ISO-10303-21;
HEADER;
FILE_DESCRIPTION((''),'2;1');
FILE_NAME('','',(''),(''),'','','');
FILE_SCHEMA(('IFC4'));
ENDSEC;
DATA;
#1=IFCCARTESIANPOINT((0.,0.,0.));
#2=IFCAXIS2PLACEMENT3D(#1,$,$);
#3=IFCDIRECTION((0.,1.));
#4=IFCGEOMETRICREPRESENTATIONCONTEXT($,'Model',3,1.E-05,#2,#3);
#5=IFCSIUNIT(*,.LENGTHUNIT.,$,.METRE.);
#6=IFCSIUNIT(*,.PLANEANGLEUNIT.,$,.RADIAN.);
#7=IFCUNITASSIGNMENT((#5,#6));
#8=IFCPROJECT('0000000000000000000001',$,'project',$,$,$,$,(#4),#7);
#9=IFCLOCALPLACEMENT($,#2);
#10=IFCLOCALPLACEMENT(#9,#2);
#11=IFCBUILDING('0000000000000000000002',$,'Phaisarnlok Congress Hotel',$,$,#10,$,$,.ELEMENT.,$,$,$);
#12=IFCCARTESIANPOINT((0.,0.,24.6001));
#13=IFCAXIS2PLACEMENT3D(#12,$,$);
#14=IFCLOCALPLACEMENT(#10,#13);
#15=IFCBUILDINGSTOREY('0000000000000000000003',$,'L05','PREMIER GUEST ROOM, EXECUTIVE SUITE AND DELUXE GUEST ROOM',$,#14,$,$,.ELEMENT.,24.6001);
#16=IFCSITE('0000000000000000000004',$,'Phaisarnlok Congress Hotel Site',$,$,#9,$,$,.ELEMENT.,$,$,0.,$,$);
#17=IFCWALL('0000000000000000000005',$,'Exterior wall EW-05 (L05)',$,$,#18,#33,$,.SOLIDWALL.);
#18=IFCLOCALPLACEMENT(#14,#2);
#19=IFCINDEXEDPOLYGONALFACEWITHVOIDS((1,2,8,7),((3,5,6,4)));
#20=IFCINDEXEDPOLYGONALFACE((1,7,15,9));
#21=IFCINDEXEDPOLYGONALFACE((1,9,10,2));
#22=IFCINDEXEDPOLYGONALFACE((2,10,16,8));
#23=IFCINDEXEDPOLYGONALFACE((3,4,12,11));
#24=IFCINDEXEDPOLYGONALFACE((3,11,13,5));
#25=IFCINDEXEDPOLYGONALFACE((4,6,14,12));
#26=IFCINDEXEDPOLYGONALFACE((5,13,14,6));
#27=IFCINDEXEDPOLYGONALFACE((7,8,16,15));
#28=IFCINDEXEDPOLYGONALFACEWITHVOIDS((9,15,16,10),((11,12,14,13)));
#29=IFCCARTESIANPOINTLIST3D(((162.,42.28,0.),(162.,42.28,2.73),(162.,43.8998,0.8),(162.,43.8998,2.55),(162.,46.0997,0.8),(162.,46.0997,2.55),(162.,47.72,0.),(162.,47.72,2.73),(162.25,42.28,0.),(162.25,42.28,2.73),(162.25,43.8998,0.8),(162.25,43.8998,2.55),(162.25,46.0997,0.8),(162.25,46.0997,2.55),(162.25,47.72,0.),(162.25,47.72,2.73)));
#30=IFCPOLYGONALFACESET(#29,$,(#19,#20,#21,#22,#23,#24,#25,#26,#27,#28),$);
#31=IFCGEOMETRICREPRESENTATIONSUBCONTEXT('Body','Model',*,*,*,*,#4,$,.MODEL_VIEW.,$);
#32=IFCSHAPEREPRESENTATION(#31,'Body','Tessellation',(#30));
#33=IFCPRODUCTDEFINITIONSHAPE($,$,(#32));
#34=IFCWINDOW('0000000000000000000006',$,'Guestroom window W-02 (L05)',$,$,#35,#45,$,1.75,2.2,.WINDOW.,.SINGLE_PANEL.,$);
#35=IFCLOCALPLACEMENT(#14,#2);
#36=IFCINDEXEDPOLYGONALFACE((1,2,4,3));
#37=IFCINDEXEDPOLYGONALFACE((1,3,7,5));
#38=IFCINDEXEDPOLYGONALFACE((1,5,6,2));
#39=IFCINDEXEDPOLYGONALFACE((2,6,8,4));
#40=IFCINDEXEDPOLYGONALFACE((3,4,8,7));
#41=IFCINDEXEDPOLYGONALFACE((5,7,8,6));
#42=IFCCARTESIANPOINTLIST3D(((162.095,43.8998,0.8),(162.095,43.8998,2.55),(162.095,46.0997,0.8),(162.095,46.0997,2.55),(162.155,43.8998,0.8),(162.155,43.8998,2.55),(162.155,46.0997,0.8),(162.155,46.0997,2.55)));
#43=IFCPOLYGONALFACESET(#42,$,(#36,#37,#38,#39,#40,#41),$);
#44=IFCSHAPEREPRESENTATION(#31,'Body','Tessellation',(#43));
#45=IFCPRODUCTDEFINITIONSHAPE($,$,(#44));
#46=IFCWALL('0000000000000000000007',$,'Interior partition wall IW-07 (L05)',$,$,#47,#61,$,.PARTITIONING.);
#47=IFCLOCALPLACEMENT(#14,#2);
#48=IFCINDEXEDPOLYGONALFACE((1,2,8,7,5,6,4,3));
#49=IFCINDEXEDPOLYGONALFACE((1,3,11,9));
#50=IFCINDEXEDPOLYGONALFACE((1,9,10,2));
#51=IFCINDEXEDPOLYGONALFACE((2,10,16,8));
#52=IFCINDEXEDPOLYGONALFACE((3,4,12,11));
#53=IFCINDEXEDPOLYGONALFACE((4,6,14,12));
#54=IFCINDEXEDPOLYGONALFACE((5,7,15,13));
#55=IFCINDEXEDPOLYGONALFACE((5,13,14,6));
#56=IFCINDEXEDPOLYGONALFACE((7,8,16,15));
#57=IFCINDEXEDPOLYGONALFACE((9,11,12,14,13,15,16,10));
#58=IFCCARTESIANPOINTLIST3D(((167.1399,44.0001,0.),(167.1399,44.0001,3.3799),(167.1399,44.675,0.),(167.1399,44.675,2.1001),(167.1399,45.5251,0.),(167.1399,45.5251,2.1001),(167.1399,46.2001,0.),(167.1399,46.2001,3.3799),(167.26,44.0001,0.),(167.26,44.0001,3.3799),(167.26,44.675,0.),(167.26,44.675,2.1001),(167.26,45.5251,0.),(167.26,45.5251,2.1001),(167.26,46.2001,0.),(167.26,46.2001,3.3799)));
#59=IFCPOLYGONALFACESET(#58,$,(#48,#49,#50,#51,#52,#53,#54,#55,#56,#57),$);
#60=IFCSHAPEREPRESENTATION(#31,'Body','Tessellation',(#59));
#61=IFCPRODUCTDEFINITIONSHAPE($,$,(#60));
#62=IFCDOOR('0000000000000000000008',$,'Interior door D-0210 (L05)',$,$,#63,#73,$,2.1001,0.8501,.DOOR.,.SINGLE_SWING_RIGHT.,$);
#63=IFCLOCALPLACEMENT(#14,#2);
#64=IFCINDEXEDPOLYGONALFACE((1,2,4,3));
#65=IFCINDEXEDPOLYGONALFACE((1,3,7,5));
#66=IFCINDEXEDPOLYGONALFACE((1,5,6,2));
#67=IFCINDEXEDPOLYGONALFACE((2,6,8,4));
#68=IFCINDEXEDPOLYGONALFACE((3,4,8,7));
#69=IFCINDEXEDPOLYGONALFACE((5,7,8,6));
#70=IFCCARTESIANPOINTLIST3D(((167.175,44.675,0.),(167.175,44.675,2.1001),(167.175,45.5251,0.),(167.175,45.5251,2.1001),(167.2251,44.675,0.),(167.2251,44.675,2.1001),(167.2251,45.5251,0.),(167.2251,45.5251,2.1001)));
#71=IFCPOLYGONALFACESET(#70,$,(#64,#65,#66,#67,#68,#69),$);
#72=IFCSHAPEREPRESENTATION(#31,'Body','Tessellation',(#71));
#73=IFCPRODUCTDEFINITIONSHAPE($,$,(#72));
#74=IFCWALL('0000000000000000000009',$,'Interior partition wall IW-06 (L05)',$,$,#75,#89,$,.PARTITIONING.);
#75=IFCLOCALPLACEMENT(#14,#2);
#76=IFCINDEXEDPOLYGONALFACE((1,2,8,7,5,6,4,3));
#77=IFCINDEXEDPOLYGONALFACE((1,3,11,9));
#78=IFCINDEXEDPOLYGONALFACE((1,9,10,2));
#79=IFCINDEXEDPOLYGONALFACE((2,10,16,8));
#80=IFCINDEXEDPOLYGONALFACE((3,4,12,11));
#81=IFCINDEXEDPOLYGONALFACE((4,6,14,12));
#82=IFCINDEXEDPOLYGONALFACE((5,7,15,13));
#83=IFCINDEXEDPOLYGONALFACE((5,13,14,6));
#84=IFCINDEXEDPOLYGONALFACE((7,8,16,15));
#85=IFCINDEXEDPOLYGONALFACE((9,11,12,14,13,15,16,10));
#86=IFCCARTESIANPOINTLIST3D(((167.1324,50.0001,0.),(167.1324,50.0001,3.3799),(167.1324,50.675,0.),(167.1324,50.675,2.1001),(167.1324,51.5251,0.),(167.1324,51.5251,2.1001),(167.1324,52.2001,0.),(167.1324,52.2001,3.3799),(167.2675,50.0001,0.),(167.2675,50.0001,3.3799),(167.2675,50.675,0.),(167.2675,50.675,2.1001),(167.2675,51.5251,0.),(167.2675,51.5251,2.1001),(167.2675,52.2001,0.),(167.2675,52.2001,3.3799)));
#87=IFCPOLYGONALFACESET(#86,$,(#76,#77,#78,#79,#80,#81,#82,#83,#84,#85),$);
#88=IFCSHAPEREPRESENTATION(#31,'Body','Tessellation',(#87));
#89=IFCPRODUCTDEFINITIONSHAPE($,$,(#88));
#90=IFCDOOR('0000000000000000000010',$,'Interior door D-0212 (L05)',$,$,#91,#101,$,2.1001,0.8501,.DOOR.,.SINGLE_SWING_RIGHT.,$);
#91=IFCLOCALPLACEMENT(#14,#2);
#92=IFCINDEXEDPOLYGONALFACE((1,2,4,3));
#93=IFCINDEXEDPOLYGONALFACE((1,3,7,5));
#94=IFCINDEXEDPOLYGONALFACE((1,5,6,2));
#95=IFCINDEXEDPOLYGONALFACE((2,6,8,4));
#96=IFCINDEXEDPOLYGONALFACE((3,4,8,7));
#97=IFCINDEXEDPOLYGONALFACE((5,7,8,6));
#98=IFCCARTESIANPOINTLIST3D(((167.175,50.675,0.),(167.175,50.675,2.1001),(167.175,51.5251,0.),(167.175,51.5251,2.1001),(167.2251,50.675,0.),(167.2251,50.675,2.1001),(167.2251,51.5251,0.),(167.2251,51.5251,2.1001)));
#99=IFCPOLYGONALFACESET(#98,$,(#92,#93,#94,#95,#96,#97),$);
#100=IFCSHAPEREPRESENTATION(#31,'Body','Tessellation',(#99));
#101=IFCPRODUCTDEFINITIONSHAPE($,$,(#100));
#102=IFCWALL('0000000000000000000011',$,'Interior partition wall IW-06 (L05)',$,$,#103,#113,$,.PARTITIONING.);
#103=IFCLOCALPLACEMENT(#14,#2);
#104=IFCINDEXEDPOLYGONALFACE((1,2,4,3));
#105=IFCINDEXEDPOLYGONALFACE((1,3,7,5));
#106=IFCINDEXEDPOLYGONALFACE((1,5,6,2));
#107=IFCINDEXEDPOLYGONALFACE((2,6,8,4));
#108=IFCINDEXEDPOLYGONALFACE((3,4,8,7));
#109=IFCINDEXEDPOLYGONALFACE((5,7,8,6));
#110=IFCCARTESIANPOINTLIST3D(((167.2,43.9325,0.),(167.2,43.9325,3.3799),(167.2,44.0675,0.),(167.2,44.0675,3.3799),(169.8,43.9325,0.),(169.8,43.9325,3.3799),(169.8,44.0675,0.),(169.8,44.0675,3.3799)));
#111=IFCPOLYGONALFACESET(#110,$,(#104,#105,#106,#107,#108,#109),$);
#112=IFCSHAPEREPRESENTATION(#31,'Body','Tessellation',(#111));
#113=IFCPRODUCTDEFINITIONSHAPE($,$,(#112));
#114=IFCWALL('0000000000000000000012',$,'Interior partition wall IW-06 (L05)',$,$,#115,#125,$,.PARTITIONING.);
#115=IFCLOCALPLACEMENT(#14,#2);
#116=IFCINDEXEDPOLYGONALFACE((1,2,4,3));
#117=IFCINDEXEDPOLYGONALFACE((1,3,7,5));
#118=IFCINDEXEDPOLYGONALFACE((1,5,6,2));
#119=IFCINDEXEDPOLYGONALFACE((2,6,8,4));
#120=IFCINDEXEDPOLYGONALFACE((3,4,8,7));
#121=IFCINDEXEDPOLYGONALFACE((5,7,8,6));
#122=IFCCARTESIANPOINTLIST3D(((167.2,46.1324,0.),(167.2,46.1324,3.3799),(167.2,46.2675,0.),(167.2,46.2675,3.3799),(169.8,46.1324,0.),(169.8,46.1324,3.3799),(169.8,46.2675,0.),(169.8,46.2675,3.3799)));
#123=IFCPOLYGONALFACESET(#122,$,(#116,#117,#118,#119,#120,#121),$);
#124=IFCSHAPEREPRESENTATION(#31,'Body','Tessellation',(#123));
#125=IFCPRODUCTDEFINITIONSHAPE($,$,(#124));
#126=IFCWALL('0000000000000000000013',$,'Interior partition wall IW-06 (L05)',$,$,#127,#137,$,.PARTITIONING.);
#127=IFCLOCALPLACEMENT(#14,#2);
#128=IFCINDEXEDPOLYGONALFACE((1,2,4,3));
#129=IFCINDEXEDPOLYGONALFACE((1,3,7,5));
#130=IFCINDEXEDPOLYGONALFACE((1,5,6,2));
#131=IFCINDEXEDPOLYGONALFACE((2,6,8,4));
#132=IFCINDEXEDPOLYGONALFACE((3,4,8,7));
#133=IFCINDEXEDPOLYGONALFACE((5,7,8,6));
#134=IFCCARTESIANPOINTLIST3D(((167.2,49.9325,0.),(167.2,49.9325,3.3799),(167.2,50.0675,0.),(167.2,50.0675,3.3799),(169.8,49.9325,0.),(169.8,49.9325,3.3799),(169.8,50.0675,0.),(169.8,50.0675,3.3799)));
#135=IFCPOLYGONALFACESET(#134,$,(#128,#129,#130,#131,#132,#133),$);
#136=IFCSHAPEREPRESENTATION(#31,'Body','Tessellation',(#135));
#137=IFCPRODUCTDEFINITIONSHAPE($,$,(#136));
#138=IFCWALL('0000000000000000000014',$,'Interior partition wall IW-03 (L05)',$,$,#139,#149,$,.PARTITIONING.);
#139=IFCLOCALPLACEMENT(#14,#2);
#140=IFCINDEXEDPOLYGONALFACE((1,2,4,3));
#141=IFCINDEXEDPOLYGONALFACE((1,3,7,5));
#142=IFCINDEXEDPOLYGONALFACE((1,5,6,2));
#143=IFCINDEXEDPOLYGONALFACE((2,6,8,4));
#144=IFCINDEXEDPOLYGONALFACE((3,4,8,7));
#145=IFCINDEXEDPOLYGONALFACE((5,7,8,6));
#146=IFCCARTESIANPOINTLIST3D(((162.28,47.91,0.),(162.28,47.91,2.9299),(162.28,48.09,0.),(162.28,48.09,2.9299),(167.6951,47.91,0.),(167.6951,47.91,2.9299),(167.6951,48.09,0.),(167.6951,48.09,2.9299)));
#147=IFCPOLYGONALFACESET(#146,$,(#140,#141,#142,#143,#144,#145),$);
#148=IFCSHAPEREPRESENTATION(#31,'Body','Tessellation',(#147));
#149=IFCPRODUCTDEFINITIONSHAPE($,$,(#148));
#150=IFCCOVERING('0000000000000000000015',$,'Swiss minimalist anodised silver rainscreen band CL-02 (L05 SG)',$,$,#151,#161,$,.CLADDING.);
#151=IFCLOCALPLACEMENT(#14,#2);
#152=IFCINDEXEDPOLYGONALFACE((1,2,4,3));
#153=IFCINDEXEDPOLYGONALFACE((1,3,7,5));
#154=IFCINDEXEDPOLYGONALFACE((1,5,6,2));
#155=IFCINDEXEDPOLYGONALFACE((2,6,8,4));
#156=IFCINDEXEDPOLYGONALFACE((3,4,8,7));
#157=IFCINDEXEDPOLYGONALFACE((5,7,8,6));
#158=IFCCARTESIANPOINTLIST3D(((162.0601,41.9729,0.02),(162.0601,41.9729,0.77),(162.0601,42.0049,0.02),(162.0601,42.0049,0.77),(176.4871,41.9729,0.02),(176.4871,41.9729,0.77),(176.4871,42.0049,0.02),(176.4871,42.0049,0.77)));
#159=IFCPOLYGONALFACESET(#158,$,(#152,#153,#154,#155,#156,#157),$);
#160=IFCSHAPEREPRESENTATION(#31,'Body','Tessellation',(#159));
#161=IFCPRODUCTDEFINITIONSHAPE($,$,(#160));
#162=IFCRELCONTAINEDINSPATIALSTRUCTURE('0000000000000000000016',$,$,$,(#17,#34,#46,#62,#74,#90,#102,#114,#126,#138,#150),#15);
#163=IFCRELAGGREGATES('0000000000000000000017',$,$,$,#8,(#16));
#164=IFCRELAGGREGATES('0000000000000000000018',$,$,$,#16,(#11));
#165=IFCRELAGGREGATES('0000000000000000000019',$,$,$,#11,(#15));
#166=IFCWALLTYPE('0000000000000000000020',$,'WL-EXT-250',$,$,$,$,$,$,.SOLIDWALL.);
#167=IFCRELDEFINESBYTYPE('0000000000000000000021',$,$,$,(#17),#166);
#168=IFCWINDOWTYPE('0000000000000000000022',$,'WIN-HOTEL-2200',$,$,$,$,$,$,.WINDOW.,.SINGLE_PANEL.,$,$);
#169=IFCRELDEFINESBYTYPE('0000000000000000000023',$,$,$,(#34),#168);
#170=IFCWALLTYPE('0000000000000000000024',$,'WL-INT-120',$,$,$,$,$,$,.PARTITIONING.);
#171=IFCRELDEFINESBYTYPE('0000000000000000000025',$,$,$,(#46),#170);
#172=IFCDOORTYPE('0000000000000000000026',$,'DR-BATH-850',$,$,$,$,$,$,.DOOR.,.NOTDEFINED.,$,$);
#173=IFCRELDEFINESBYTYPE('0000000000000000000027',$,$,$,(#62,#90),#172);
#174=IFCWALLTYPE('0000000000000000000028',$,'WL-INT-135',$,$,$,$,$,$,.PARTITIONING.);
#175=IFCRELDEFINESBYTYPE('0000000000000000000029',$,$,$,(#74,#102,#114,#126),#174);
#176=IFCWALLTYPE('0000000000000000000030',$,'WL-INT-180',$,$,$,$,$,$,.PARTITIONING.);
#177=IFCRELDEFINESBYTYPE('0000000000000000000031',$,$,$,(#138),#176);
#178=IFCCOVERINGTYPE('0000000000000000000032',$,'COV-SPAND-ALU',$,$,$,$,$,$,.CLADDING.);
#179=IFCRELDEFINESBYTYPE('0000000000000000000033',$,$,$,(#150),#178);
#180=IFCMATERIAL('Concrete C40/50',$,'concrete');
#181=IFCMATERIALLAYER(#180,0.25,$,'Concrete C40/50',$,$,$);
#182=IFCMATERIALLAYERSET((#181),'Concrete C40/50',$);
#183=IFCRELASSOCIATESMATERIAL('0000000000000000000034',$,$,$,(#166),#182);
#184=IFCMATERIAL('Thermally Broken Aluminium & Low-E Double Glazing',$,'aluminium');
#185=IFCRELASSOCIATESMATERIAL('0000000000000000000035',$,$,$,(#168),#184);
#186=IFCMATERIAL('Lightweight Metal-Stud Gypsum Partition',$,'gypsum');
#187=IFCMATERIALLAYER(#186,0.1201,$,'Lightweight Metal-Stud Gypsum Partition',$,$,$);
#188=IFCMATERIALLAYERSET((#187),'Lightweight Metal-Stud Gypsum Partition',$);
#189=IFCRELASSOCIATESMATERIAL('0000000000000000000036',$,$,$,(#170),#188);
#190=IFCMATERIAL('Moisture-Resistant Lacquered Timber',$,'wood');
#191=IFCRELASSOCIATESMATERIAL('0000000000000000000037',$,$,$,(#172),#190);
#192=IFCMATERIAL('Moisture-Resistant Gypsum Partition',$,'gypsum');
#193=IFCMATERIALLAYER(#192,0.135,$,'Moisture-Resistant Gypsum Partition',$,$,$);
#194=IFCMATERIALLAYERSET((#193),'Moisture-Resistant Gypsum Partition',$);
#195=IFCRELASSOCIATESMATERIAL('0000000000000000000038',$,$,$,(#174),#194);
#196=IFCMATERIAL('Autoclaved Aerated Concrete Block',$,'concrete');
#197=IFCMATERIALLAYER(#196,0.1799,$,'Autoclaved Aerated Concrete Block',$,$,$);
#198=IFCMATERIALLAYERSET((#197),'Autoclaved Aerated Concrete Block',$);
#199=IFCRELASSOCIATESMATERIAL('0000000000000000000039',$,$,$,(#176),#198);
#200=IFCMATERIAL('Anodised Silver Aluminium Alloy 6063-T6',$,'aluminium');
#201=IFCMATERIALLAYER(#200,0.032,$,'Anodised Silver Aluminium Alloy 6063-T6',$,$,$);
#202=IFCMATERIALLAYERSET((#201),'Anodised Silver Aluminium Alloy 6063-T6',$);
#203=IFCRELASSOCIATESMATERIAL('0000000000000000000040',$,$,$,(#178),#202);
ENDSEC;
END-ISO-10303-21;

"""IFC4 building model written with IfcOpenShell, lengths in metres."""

from ifc_helpers import new_model, si_unit, direction, frame, frame_2d, origin, place, context, subcontext, project, spatial, polyline, rectangle, outline, extrude, material, layer, layer_set, type_object, element, fill, save


model = new_model("IFC4")

# Units and contexts
model_context = context("Model", 3, precision=1e-05, world=origin(), true_north=direction((0.0, 1.0)))
body_context = subcontext(model_context, "Body", "Model", "MODEL_VIEW")
ifc_project = project(units=[si_unit("LENGTHUNIT", "METRE"), si_unit("PLANEANGLEUNIT", "RADIAN")], contexts=[model_context])

# Site, building, storey
site_placement = place(None, origin())
site = spatial("IfcSite", under=ifc_project, at=site_placement, Name="Phaisarnlok Congress Hotel Site", CompositionType="ELEMENT", RefElevation=0.0)
building_placement = place(site_placement, origin())
building = spatial("IfcBuilding", under=site, at=building_placement, Name="Phaisarnlok Congress Hotel", CompositionType="ELEMENT")
storey_placement = place(building_placement, frame((0.0, 0.0, 24.6001)))
storey = spatial("IfcBuildingStorey", under=building, at=storey_placement, Name="L05", Description="PREMIER GUEST ROOM, EXECUTIVE SUITE AND DELUXE GUEST ROOM", CompositionType="ELEMENT", Elevation=24.6001)

# Shared definitions
ifc_material_1 = material(Name="Concrete C40/50", Category="concrete")

# Wall, opening, window
ifc_layer_1 = layer(ifc_material_1, 0.25, Name="Concrete C40/50")
ifc_layer_set_1 = layer_set([ifc_layer_1], Name="Concrete C40/50")
wall_type_1 = type_object("IfcWallType", Name="WL-EXT-250", PredefinedType="SOLIDWALL", material=ifc_layer_set_1)
wall_1_placement = place(storey_placement, frame((162.125, 47.72, 0.0), z_axis=(0.0, 0.0, 1.0), x_axis=(0.0, -1.0, 0.0)))
wall_1 = element("IfcWall", 1, at=wall_1_placement, inside=storey, type_object=wall_type_1, Name="Exterior wall EW-05 (L05)", PredefinedType="SOLIDWALL", context=body_context, shape_type="SweptSolid", body=[
    extrude(rectangle(XDim=5.4399, YDim=0.25, at=frame_2d((2.72, 0.0))), origin(), (0.0, 0.0, 1.0), 2.73),
])
opening_1_placement = place(wall_1_placement, frame((1.6201, 0.0, 0.8)))
opening_1 = element("IfcOpeningElement", 2, at=opening_1_placement, cuts=wall_1, PredefinedType="OPENING", context=body_context, shape_type="SweptSolid", body=[
    extrude(rectangle(XDim=2.2, YDim=1.75, at=frame_2d((1.1001, 0.875))), frame((0.0, 0.135, 0.0), z_axis=(0.0, -1.0, 0.0), x_axis=(1.0, 0.0, 0.0)), (0.0, 0.0, 1.0), 0.27),
])
ifc_material_2 = material(Name="Thermally Broken Aluminium & Low-E Double Glazing", Category="aluminium")
window_type = type_object("IfcWindowType", Name="WIN-HOTEL-2200", PartitioningType="SINGLE_PANEL", PredefinedType="WINDOW", material=ifc_material_2)
window_placement = place(opening_1_placement, origin())
window = element("IfcWindow", 3, at=window_placement, inside=storey, type_object=window_type, Name="Guestroom window W-02 (L05)", OverallHeight=1.75, OverallWidth=2.2, PartitioningType="SINGLE_PANEL", PredefinedType="WINDOW", context=body_context, shape_type="SweptSolid", body=[
    extrude(rectangle(XDim=2.2, YDim=1.75, at=frame_2d((1.1001, 0.875))), frame((0.0, 0.03, 0.0), z_axis=(0.0, -1.0, 0.0), x_axis=(1.0, 0.0, 0.0)), (0.0, 0.0, 1.0), 0.0601),
])
fill(opening_1, window)

# Walls, openings, doors
ifc_material_3 = material(Name="Lightweight Metal-Stud Gypsum Partition", Category="gypsum")
ifc_layer_2 = layer(ifc_material_3, 0.1201, Name="Lightweight Metal-Stud Gypsum Partition")
ifc_layer_set_2 = layer_set([ifc_layer_2], Name="Lightweight Metal-Stud Gypsum Partition")
wall_type_2 = type_object("IfcWallType", Name="WL-INT-120", PredefinedType="PARTITIONING", material=ifc_layer_set_2)
wall_2_placement = place(storey_placement, frame((167.2, 44.0, 0.0), z_axis=(0.0, 0.0, 1.0), x_axis=(0.0, 1.0, 0.0)))
wall_2 = element("IfcWall", 4, at=wall_2_placement, inside=storey, type_object=wall_type_2, Name="Interior partition wall IW-07 (L05)", PredefinedType="PARTITIONING", context=body_context, shape_type="SweptSolid", body=[
    extrude(rectangle(XDim=2.2, YDim=0.1201, at=frame_2d((1.1001, 0.0))), origin(), (0.0, 0.0, 1.0), 3.3799),
])
opening_2_placement = place(wall_2_placement, frame((0.675, 0.0, 0.0)))
opening_2 = element("IfcOpeningElement", 5, at=opening_2_placement, cuts=wall_2, PredefinedType="OPENING", context=body_context, shape_type="SweptSolid", body=[
    extrude(rectangle(XDim=0.8501, YDim=2.1001, at=frame_2d((0.425, 1.05))), frame((0.0, 0.0701, 0.0), z_axis=(0.0, -1.0, 0.0), x_axis=(1.0, 0.0, 0.0)), (0.0, 0.0, 1.0), 0.1401),
])
ifc_material_4 = material(Name="Moisture-Resistant Lacquered Timber", Category="wood")
door_type = type_object("IfcDoorType", Name="DR-BATH-850", OperationType="NOTDEFINED", PredefinedType="DOOR", material=ifc_material_4)
door_1_placement = place(opening_2_placement, origin())
door_1 = element("IfcDoor", 6, at=door_1_placement, inside=storey, type_object=door_type, Name="Interior door D-0210 (L05)", OperationType="SINGLE_SWING_RIGHT", OverallHeight=2.1001, OverallWidth=0.8501, PredefinedType="DOOR", context=body_context, shape_type="SweptSolid", body=[
    extrude(rectangle(XDim=0.8501, YDim=2.1001, at=frame_2d((0.425, 1.05))), frame((0.0, 0.0249, 0.0), z_axis=(0.0, -1.0, 0.0), x_axis=(1.0, 0.0, 0.0)), (0.0, 0.0, 1.0), 0.05),
])
fill(opening_2, door_1)
ifc_material_5 = material(Name="Moisture-Resistant Gypsum Partition", Category="gypsum")
ifc_layer_3 = layer(ifc_material_5, 0.135, Name="Moisture-Resistant Gypsum Partition")
ifc_layer_set_3 = layer_set([ifc_layer_3], Name="Moisture-Resistant Gypsum Partition")
wall_type_3 = type_object("IfcWallType", Name="WL-INT-135", PredefinedType="PARTITIONING", material=ifc_layer_set_3)
wall_3_placement = place(storey_placement, frame((167.2, 50.0, 0.0), z_axis=(0.0, 0.0, 1.0), x_axis=(0.0, 1.0, 0.0)))
wall_3 = element("IfcWall", 7, at=wall_3_placement, inside=storey, type_object=wall_type_3, Name="Interior partition wall IW-06 (L05)", PredefinedType="PARTITIONING", context=body_context, shape_type="SweptSolid", body=[
    extrude(rectangle(XDim=2.2, YDim=0.135, at=frame_2d((1.1001, 0.0))), origin(), (0.0, 0.0, 1.0), 3.3799),
])
opening_3_placement = place(wall_3_placement, frame((0.675, 0.0, 0.0)))
opening_3 = element("IfcOpeningElement", 8, at=opening_3_placement, cuts=wall_3, PredefinedType="OPENING", context=body_context, shape_type="SweptSolid", body=[
    extrude(rectangle(XDim=0.8501, YDim=2.1001, at=frame_2d((0.425, 1.05))), frame((0.0, 0.0776, 0.0), z_axis=(0.0, -1.0, 0.0), x_axis=(1.0, 0.0, 0.0)), (0.0, 0.0, 1.0), 0.155),
])
door_2_placement = place(opening_3_placement, origin())
door_2 = element("IfcDoor", 9, at=door_2_placement, inside=storey, type_object=door_type, Name="Interior door D-0212 (L05)", OperationType="SINGLE_SWING_RIGHT", OverallHeight=2.1001, OverallWidth=0.8501, PredefinedType="DOOR", context=body_context, shape_type="SweptSolid", body=[
    extrude(rectangle(XDim=0.8501, YDim=2.1001, at=frame_2d((0.425, 1.05))), frame((0.0, 0.0249, 0.0), z_axis=(0.0, -1.0, 0.0), x_axis=(1.0, 0.0, 0.0)), (0.0, 0.0, 1.0), 0.05),
])
fill(opening_3, door_2)

# Walls
for number, where, z_axis, x_axis, name in (
    (10, (167.2, 44.0, 0.0), (0.0, 0.0, 1.0), (1.0, 0.0, 0.0), "Interior partition wall IW-06 (L05)"),
    (11, (167.2, 46.2, 0.0), (0.0, 0.0, 1.0), (1.0, 0.0, 0.0), "Interior partition wall IW-06 (L05)"),
    (12, (167.2, 50.0, 0.0), (0.0, 0.0, 1.0), (1.0, 0.0, 0.0), "Interior partition wall IW-06 (L05)"),
):
    element("IfcWall", number, at=place(storey_placement, frame(where, z_axis=z_axis, x_axis=x_axis)), inside=storey, type_object=wall_type_3, Name=name, PredefinedType="PARTITIONING", context=body_context, shape_type="SweptSolid", body=[
        extrude(rectangle(XDim=2.6001, YDim=0.135, at=frame_2d((1.3, 0.0))), origin(), (0.0, 0.0, 1.0), 3.3799),
    ])
ifc_material_6 = material(Name="Autoclaved Aerated Concrete Block", Category="concrete")
ifc_layer_4 = layer(ifc_material_6, 0.1799, Name="Autoclaved Aerated Concrete Block")
ifc_layer_set_4 = layer_set([ifc_layer_4], Name="Autoclaved Aerated Concrete Block")
wall_type_4 = type_object("IfcWallType", Name="WL-INT-180", PredefinedType="PARTITIONING", material=ifc_layer_set_4)
wall_4_placement = place(storey_placement, frame((162.28, 48.0, 0.0), z_axis=(0.0, 0.0, 1.0), x_axis=(1.0, 0.0, 0.0)))
element("IfcWall", 13, at=wall_4_placement, inside=storey, type_object=wall_type_4, Name="Interior partition wall IW-03 (L05)", PredefinedType="PARTITIONING", context=body_context, shape_type="SweptSolid", body=[
    extrude(rectangle(XDim=5.415, YDim=0.1799, at=frame_2d((2.7075, 0.0))), origin(), (0.0, 0.0, 1.0), 2.9299),
])

# Covering
ifc_material_7 = material(Name="Anodised Silver Aluminium Alloy 6063-T6", Category="aluminium")
ifc_layer_5 = layer(ifc_material_7, 0.032, Name="Anodised Silver Aluminium Alloy 6063-T6")
ifc_layer_set_5 = layer_set([ifc_layer_5], Name="Anodised Silver Aluminium Alloy 6063-T6")
covering_type = type_object("IfcCoveringType", Name="COV-SPAND-ALU", PredefinedType="CLADDING", material=ifc_layer_set_5)
covering_placement = place(storey_placement, frame((162.0601, 42.0049, 0.02), z_axis=(0.0, -1.0, 0.0), x_axis=(1.0, 0.0, 0.0)))
element("IfcCovering", 14, at=covering_placement, inside=storey, type_object=covering_type, Name="Swiss minimalist anodised silver rainscreen band CL-02 (L05 SG)", PredefinedType="CLADDING", context=body_context, shape_type="SweptSolid", body=[
    extrude(outline(polyline([(0.0, 0.0), (14.427, 0.0), (14.427, 0.75), (0.0, 0.75), (0.0, 0.0)])), origin(), (0.0, 0.0, 1.0), 0.032),
])

save(model, "model.ifc")
